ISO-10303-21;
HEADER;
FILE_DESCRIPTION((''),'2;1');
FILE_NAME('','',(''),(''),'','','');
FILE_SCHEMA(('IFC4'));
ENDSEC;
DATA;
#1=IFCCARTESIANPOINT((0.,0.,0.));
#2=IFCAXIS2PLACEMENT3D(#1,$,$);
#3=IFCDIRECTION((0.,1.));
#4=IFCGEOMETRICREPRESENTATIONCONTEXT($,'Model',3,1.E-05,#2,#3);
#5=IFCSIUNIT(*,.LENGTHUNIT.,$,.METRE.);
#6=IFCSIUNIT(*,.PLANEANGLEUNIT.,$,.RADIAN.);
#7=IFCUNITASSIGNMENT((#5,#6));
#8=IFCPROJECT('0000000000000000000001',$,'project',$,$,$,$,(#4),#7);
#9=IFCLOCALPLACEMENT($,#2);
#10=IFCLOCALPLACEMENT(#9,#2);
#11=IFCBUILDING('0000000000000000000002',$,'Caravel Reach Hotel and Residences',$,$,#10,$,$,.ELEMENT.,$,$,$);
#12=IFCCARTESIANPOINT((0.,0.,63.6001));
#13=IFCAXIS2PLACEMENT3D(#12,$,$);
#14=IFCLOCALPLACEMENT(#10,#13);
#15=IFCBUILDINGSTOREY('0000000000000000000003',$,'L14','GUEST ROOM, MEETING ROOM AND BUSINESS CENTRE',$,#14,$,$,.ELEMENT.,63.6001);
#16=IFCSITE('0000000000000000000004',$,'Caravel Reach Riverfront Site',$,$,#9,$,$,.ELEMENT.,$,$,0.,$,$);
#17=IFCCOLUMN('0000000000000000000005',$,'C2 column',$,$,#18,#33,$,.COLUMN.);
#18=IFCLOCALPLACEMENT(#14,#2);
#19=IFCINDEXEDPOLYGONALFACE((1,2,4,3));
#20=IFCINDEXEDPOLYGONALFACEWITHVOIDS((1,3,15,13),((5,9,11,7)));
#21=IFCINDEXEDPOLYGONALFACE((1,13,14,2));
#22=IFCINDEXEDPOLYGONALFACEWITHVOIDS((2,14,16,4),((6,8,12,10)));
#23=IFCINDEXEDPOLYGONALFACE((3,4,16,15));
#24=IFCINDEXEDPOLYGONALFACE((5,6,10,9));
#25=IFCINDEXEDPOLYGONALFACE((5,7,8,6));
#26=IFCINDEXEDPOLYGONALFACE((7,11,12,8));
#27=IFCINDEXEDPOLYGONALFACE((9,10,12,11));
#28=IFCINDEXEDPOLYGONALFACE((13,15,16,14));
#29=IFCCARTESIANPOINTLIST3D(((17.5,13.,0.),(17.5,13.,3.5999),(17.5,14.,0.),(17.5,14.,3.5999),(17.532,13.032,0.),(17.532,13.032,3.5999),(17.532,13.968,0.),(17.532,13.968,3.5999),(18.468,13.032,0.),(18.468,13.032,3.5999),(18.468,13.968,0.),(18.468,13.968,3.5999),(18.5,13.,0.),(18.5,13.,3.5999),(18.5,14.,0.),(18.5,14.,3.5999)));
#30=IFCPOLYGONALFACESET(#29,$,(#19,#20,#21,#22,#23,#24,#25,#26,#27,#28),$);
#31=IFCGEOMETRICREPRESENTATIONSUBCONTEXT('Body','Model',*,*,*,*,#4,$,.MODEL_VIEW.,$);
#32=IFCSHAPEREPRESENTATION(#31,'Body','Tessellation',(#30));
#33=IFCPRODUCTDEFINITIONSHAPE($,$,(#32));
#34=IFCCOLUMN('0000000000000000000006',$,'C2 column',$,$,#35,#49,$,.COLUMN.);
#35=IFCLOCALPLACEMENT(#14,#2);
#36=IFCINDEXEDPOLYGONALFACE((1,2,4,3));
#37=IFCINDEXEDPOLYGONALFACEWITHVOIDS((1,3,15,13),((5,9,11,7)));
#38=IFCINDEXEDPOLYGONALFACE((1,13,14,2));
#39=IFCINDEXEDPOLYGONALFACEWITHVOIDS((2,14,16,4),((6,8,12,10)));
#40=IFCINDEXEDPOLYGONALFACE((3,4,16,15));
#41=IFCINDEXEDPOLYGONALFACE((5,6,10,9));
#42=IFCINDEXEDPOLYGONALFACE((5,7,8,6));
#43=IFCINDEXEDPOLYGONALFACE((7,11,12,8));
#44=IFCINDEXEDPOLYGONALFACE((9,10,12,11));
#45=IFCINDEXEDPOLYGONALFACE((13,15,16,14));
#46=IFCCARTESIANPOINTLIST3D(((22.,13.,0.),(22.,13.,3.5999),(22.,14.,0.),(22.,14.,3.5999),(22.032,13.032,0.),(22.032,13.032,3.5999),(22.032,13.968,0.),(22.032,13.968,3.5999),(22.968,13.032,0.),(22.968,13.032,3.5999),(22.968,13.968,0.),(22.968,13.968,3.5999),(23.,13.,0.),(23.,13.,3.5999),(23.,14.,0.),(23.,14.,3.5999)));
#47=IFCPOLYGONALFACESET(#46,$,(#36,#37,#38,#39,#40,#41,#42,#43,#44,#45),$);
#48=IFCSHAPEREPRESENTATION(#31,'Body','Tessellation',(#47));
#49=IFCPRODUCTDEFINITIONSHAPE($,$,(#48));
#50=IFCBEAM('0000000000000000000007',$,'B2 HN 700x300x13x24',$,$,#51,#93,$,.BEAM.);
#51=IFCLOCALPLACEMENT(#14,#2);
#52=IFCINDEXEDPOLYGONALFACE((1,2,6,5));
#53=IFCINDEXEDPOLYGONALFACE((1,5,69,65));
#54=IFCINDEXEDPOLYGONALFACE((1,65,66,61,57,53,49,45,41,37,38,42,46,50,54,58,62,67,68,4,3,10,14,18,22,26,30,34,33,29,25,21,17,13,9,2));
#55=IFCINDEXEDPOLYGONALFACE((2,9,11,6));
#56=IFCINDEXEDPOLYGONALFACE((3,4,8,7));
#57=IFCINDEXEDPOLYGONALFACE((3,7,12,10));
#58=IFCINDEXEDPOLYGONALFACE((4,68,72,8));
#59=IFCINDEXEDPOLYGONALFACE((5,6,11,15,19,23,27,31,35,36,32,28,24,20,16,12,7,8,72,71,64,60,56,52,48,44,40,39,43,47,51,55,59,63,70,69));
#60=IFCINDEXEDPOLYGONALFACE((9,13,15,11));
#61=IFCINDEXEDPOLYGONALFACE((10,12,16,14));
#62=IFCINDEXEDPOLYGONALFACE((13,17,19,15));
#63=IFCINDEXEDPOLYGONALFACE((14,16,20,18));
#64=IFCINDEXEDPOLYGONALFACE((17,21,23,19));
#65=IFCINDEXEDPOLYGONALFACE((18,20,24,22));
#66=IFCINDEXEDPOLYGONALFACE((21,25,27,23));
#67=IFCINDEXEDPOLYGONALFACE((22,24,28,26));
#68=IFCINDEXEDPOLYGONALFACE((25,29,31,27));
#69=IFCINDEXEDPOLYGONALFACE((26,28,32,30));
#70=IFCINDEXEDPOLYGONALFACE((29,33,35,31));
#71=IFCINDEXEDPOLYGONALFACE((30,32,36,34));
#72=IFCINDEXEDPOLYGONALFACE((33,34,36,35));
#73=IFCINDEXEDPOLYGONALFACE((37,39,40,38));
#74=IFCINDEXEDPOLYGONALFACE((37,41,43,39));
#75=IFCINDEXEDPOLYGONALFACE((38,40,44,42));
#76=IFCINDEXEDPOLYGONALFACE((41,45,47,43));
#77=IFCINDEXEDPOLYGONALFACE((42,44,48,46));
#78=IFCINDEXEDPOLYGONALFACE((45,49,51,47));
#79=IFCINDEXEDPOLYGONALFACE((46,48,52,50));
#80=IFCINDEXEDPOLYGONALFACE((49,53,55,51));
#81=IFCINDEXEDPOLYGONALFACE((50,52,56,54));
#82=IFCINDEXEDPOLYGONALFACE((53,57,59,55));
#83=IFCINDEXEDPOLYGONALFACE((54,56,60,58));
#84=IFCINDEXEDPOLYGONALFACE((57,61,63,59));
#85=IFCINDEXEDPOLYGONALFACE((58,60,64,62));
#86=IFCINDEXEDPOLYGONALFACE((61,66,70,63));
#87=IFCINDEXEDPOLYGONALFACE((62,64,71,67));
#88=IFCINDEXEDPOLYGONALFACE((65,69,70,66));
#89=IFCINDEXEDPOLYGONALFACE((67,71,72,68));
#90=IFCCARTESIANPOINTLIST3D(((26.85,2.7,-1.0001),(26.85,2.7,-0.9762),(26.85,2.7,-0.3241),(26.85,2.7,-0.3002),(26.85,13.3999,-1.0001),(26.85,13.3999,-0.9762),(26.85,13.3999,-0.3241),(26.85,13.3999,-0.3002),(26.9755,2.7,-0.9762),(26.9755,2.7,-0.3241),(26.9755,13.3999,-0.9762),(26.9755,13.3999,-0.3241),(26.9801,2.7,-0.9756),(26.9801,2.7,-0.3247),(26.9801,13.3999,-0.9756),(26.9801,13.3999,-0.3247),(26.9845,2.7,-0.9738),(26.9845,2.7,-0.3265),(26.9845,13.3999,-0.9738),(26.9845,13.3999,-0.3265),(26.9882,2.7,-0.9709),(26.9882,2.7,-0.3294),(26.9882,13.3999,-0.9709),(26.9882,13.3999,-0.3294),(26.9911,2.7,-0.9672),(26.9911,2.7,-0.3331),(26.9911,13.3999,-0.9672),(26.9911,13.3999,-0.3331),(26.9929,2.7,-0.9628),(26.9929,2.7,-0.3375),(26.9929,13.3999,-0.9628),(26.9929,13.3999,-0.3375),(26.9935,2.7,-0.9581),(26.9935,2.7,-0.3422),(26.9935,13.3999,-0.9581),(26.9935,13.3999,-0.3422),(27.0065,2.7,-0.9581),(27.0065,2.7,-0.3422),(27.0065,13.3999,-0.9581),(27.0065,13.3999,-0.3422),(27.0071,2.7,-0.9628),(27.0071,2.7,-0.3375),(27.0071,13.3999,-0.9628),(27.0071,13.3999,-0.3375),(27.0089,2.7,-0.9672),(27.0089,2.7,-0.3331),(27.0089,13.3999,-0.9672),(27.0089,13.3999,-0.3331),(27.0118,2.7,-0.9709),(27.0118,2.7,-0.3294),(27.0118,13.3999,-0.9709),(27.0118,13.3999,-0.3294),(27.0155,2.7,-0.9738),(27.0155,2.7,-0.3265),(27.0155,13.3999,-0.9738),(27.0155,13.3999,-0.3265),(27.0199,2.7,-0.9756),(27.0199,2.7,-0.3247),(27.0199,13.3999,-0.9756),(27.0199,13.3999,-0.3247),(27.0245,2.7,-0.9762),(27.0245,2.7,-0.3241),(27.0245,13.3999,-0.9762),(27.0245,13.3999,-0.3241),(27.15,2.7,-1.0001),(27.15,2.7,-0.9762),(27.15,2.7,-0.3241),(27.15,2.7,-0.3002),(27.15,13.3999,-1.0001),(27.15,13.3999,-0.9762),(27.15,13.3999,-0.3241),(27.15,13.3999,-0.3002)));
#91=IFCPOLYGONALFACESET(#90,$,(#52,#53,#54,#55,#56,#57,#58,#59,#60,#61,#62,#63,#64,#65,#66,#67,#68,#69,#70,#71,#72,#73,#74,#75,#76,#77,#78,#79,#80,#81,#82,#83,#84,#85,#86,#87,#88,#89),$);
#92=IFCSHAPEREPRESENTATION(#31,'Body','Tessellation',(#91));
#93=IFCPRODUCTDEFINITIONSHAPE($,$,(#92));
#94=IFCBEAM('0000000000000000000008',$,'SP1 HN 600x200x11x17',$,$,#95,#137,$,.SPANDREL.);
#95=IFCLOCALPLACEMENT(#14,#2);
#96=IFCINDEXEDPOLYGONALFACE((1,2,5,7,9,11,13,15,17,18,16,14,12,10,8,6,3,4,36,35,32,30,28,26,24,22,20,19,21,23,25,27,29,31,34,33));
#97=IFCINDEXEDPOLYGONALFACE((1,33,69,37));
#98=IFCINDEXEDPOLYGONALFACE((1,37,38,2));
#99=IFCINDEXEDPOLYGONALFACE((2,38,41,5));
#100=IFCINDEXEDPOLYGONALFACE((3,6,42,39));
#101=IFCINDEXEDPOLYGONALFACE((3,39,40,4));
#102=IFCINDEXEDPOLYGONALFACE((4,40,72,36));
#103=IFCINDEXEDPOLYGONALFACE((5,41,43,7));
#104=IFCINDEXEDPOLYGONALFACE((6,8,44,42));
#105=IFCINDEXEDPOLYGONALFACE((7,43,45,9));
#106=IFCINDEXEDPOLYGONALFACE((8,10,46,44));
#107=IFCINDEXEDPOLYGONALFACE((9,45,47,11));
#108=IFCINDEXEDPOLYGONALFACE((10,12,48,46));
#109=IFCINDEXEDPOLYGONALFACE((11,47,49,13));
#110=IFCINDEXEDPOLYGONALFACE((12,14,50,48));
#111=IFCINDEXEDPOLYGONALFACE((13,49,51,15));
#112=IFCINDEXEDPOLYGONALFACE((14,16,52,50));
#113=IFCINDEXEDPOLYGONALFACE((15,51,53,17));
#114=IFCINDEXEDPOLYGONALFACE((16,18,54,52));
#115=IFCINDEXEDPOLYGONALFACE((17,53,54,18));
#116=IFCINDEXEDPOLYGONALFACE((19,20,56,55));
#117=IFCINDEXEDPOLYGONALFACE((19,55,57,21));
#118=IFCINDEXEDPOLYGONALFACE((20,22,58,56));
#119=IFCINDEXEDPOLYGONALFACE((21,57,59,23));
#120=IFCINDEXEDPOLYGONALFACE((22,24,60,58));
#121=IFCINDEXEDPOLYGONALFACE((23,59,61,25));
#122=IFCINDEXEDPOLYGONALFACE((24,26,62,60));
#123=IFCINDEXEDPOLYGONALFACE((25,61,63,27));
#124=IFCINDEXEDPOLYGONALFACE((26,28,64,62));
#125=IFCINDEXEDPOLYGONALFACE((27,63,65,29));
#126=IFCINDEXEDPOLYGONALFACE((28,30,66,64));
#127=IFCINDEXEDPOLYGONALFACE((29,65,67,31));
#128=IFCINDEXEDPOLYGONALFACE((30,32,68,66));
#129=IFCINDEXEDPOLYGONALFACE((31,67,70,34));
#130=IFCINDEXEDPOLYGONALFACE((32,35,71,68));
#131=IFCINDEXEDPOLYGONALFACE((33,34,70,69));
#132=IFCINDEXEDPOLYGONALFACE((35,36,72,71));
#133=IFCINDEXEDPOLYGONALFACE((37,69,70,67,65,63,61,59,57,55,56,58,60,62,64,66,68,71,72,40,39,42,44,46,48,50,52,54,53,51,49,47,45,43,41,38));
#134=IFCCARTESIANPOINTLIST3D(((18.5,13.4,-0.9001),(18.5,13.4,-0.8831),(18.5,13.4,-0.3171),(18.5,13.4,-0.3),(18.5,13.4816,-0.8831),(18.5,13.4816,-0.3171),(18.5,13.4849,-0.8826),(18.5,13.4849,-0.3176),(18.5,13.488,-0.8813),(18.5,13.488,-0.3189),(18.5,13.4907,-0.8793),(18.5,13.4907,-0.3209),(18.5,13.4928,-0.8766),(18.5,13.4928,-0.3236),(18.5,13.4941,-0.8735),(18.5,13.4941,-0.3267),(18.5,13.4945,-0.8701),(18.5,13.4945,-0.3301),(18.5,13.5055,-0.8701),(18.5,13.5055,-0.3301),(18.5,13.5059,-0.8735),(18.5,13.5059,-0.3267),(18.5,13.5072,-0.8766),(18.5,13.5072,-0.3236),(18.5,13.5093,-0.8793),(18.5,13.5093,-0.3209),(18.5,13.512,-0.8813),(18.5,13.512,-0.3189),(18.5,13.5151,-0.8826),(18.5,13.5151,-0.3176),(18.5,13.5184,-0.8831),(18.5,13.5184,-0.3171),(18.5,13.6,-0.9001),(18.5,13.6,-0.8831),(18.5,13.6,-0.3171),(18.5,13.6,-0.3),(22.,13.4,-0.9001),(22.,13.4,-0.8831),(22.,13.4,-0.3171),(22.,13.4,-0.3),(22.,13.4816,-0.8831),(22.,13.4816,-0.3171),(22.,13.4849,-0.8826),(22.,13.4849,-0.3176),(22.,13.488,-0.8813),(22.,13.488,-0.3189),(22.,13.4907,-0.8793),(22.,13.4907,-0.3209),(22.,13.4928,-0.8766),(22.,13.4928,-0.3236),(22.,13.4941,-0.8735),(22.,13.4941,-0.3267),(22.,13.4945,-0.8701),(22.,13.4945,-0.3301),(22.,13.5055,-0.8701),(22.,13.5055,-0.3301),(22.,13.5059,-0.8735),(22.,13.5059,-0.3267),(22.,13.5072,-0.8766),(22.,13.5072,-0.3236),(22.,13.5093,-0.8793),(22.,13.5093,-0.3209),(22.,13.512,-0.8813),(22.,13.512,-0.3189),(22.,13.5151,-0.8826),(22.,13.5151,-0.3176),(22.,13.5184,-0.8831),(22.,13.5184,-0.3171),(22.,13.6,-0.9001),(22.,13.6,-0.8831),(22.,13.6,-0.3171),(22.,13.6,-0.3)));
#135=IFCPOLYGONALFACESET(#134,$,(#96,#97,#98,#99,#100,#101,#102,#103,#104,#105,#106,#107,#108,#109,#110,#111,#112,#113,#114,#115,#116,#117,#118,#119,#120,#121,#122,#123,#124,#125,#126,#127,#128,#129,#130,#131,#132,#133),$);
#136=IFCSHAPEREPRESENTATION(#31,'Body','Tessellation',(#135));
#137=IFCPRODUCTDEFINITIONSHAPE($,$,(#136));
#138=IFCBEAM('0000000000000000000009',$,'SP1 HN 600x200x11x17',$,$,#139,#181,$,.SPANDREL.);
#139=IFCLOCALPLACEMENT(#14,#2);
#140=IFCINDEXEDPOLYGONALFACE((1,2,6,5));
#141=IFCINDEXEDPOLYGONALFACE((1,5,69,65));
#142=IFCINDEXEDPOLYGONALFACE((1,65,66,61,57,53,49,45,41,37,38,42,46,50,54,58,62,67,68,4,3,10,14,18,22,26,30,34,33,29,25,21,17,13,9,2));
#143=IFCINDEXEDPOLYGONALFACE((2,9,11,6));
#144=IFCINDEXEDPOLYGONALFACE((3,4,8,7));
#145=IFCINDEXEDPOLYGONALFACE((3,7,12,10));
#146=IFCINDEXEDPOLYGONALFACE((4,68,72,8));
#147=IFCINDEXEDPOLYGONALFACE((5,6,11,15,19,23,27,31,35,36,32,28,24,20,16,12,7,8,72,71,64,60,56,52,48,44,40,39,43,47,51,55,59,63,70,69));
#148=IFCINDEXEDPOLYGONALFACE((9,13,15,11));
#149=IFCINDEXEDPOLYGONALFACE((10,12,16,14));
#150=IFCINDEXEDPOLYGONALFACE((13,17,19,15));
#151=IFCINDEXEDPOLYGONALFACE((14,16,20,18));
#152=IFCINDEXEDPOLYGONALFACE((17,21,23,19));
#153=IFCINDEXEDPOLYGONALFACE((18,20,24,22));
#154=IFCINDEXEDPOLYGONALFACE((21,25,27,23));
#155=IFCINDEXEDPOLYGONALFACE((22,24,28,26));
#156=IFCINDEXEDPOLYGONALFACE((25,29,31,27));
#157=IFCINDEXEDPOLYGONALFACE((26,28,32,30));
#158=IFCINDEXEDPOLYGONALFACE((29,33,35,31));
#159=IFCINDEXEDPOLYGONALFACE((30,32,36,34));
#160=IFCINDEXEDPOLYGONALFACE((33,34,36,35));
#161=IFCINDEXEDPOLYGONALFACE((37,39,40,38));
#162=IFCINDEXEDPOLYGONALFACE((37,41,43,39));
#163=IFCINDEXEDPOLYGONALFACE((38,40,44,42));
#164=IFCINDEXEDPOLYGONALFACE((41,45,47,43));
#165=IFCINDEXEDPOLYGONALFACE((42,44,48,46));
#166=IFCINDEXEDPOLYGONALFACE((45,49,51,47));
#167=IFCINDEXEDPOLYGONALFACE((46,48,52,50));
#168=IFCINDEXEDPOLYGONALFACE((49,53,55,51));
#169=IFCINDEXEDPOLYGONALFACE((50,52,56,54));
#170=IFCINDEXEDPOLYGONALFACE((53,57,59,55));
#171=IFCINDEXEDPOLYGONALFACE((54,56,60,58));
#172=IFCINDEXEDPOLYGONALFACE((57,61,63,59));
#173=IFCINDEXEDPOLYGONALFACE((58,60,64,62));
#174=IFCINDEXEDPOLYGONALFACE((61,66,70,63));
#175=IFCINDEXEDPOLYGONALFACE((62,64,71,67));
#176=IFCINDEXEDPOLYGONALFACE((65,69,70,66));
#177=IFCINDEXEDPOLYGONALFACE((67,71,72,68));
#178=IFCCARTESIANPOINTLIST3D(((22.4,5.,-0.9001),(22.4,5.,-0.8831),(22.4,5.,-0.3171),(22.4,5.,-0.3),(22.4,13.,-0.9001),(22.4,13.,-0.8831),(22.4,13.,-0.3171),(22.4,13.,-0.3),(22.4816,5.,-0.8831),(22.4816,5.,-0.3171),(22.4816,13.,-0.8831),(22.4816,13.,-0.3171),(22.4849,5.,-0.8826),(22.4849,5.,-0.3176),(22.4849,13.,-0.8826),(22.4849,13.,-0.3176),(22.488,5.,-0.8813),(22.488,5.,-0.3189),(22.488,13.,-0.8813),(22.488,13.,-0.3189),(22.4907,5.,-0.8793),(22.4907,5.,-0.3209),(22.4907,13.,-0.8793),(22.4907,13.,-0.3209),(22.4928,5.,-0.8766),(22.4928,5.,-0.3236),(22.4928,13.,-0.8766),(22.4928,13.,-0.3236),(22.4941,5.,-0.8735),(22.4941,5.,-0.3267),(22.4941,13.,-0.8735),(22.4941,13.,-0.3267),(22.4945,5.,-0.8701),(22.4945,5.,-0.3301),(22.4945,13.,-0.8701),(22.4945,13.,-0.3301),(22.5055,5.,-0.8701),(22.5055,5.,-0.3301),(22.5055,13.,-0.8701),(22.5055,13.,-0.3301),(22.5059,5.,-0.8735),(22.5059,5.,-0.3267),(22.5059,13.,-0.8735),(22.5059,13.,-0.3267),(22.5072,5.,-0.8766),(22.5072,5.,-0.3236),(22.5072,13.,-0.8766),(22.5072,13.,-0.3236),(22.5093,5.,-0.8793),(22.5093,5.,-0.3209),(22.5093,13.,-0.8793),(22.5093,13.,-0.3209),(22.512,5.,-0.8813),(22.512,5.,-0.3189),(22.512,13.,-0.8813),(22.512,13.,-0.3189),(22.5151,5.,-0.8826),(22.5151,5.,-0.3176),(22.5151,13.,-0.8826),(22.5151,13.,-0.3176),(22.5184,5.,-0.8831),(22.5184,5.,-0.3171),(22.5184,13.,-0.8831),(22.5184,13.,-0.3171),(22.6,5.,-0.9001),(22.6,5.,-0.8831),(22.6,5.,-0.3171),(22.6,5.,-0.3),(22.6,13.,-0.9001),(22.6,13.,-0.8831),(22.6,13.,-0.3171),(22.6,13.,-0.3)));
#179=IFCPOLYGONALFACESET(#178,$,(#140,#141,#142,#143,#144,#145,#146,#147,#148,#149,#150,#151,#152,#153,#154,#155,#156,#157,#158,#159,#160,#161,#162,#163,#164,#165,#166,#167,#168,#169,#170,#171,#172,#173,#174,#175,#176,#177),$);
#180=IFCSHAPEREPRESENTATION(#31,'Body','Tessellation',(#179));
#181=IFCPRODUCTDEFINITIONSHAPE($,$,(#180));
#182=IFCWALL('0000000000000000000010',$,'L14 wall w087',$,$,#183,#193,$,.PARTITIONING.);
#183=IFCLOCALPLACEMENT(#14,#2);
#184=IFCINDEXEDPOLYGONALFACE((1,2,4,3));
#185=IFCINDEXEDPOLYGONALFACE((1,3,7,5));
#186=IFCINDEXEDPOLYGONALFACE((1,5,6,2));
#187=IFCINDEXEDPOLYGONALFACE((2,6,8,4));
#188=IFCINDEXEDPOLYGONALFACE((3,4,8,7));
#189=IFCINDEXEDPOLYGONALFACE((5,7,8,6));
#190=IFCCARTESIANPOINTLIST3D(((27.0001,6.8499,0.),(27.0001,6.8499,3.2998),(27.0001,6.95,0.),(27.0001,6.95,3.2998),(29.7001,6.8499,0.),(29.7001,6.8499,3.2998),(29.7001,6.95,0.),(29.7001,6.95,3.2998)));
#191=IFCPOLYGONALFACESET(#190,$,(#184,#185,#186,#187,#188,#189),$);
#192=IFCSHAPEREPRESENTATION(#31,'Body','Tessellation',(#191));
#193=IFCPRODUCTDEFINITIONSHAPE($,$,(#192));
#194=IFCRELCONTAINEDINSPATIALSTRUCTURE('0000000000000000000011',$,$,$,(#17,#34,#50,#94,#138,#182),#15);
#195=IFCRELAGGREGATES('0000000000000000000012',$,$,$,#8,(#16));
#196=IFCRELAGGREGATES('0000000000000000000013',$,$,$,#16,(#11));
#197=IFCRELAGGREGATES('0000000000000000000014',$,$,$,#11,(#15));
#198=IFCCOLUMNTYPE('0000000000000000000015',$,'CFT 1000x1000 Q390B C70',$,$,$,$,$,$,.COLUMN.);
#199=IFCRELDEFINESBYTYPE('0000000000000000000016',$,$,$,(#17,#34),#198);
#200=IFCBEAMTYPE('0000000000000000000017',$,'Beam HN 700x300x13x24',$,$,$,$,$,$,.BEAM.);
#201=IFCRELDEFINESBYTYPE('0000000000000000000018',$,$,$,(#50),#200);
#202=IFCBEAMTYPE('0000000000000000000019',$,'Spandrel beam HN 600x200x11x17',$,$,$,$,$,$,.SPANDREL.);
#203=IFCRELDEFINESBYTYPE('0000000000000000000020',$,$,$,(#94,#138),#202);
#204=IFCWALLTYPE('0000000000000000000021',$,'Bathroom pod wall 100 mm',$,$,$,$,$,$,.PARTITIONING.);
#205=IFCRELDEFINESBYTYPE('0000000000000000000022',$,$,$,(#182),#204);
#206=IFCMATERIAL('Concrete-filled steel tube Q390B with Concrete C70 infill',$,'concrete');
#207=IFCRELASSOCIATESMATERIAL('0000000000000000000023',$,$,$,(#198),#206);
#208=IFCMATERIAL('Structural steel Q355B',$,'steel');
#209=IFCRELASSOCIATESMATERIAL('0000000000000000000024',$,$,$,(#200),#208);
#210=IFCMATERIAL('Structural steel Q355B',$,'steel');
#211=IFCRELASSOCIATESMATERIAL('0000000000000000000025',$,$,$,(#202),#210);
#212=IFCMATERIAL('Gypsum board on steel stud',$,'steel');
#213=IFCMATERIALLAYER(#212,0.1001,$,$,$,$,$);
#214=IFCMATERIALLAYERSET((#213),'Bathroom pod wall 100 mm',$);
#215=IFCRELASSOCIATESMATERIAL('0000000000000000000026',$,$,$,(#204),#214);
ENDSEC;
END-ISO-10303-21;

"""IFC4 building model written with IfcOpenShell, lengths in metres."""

from ifc_helpers import new_model, si_unit, direction, frame, frame_2d, origin, origin_2d, place, context, subcontext, project, spatial, rectangle, hollow_rectangle, i_section, extrude, material, layer, layer_set, material_profile, profile_set, type_object, element, save


model = new_model("IFC4")

# Units and contexts
model_context = context("Model", 3, precision=1e-05, world=origin(), true_north=direction((0.0, 1.0)))
body_context = subcontext(model_context, "Body", "Model", "MODEL_VIEW")
ifc_project = project(units=[si_unit("LENGTHUNIT", "METRE"), si_unit("PLANEANGLEUNIT", "RADIAN")], contexts=[model_context])

# Site, building, storey
site_placement = place(None, origin())
site = spatial("IfcSite", under=ifc_project, at=site_placement, Name="Caravel Reach Riverfront Site", CompositionType="ELEMENT", RefElevation=0.0)
building_placement = place(site_placement, origin())
building = spatial("IfcBuilding", under=site, at=building_placement, Name="Caravel Reach Hotel and Residences", CompositionType="ELEMENT")
storey_placement = place(building_placement, frame((0.0, 0.0, 63.6001)))
storey = spatial("IfcBuildingStorey", under=building, at=storey_placement, Name="L14", Description="GUEST ROOM, MEETING ROOM AND BUSINESS CENTRE", CompositionType="ELEMENT", Elevation=63.6001)

# Columns
ifc_material_1 = material(Name="Concrete-filled steel tube Q390B with Concrete C70 infill", Category="concrete")
ifc_material_profile_1 = material_profile(ifc_material_1, hollow_rectangle(XDim=1.0, YDim=1.0, WallThickness=0.032, at=origin_2d()), Name="RHS 1000x1000x32")
ifc_profile_set_1 = profile_set([ifc_material_profile_1], Name="Concrete-filled steel tube Q390B with Concrete C70 infill")
column_type = type_object("IfcColumnType", Name="CFT 1000x1000 Q390B C70", PredefinedType="COLUMN", material=ifc_profile_set_1)
for number, where, z_axis, x_axis, name in (
    (1, (18.0, 13.5, 0.0), (0.0, 0.0, 1.0), (1.0, 0.0, 0.0), "C2 column"),
    (2, (22.5, 13.5, 0.0), (0.0, 0.0, 1.0), (1.0, 0.0, 0.0), "C2 column"),
):
    element("IfcColumn", number, at=place(storey_placement, frame(where, z_axis=z_axis, x_axis=x_axis)), inside=storey, type_object=column_type, Name=name, PredefinedType="COLUMN", context=body_context, shape_type="SweptSolid", body=[
        extrude(hollow_rectangle(XDim=1.0, YDim=1.0, WallThickness=0.032, at=origin_2d()), origin(), (0.0, 0.0, 1.0), 3.5999),
    ])

# Beams
ifc_material_2 = material(Name="Structural steel Q355B", Category="steel")
ifc_material_profile_2 = material_profile(ifc_material_2, i_section(OverallWidth=0.3, OverallDepth=0.7, WebThickness=0.0129, FlangeThickness=0.0239, FilletRadius=0.0181, at=origin_2d()), Name="HN 700x300x13x24")
ifc_profile_set_2 = profile_set([ifc_material_profile_2], Name="Structural steel Q355B")
beam_type_1 = type_object("IfcBeamType", Name="Beam HN 700x300x13x24", PredefinedType="BEAM", material=ifc_profile_set_2)
beam_1_placement = place(storey_placement, frame((27.0, 13.3999, -0.6501), z_axis=(0.0, -1.0, 0.0), x_axis=(1.0, 0.0, 0.0)))
element("IfcBeam", 3, at=beam_1_placement, inside=storey, type_object=beam_type_1, Name="B2 HN 700x300x13x24", PredefinedType="BEAM", context=body_context, shape_type="SweptSolid", body=[
    extrude(i_section(OverallWidth=0.3, OverallDepth=0.7, WebThickness=0.0129, FlangeThickness=0.0239, FilletRadius=0.0181, at=origin_2d()), origin(), (0.0, 0.0, 1.0), 10.7),
])
ifc_material_3 = material(Name="Structural steel Q355B", Category="steel")
ifc_material_profile_3 = material_profile(ifc_material_3, i_section(OverallWidth=0.2, OverallDepth=0.6001, WebThickness=0.011, FlangeThickness=0.0171, FilletRadius=0.0129, at=origin_2d()), Name="HN 600x200x11x17")
ifc_profile_set_3 = profile_set([ifc_material_profile_3], Name="Structural steel Q355B")
beam_type_2 = type_object("IfcBeamType", Name="Spandrel beam HN 600x200x11x17", PredefinedType="SPANDREL", material=ifc_profile_set_3)
beam_2_placement = place(storey_placement, frame((18.5, 13.5, -0.6001), z_axis=(1.0, 0.0, 0.0), x_axis=(0.0, 1.0, 0.0)))
element("IfcBeam", 4, at=beam_2_placement, inside=storey, type_object=beam_type_2, Name="SP1 HN 600x200x11x17", PredefinedType="SPANDREL", context=body_context, shape_type="SweptSolid", body=[
    extrude(i_section(OverallWidth=0.2, OverallDepth=0.6001, WebThickness=0.011, FlangeThickness=0.0171, FilletRadius=0.0129, at=origin_2d()), origin(), (0.0, 0.0, 1.0), 3.5),
])
beam_3_placement = place(storey_placement, frame((22.5, 13.0, -0.6001), z_axis=(0.0, -1.0, 0.0), x_axis=(1.0, 0.0, 0.0)))
element("IfcBeam", 5, at=beam_3_placement, inside=storey, type_object=beam_type_2, Name="SP1 HN 600x200x11x17", PredefinedType="SPANDREL", context=body_context, shape_type="SweptSolid", body=[
    extrude(i_section(OverallWidth=0.2, OverallDepth=0.6001, WebThickness=0.011, FlangeThickness=0.0171, FilletRadius=0.0129, at=origin_2d()), origin(), (0.0, 0.0, 1.0), 8.0),
])

# Wall
ifc_material_4 = material(Name="Gypsum board on steel stud", Category="steel")
ifc_layer_1 = layer(ifc_material_4, 0.1001)
ifc_layer_set_1 = layer_set([ifc_layer_1], Name="Bathroom pod wall 100 mm")
wall_type_1 = type_object("IfcWallType", Name="Bathroom pod wall 100 mm", PredefinedType="PARTITIONING", material=ifc_layer_set_1)
wall_1_placement = place(storey_placement, frame((27.0, 6.8999, 0.0), z_axis=(0.0, 0.0, 1.0), x_axis=(1.0, 0.0, 0.0)))
element("IfcWall", 6, at=wall_1_placement, inside=storey, type_object=wall_type_1, Name="L14 wall w087", PredefinedType="PARTITIONING", context=body_context, shape_type="SweptSolid", body=[
    extrude(rectangle(XDim=2.7, YDim=0.1001, at=frame_2d((1.3501, 0.0))), origin(), (0.0, 0.0, 1.0), 3.2998),
])

save(model, "model.ifc")
